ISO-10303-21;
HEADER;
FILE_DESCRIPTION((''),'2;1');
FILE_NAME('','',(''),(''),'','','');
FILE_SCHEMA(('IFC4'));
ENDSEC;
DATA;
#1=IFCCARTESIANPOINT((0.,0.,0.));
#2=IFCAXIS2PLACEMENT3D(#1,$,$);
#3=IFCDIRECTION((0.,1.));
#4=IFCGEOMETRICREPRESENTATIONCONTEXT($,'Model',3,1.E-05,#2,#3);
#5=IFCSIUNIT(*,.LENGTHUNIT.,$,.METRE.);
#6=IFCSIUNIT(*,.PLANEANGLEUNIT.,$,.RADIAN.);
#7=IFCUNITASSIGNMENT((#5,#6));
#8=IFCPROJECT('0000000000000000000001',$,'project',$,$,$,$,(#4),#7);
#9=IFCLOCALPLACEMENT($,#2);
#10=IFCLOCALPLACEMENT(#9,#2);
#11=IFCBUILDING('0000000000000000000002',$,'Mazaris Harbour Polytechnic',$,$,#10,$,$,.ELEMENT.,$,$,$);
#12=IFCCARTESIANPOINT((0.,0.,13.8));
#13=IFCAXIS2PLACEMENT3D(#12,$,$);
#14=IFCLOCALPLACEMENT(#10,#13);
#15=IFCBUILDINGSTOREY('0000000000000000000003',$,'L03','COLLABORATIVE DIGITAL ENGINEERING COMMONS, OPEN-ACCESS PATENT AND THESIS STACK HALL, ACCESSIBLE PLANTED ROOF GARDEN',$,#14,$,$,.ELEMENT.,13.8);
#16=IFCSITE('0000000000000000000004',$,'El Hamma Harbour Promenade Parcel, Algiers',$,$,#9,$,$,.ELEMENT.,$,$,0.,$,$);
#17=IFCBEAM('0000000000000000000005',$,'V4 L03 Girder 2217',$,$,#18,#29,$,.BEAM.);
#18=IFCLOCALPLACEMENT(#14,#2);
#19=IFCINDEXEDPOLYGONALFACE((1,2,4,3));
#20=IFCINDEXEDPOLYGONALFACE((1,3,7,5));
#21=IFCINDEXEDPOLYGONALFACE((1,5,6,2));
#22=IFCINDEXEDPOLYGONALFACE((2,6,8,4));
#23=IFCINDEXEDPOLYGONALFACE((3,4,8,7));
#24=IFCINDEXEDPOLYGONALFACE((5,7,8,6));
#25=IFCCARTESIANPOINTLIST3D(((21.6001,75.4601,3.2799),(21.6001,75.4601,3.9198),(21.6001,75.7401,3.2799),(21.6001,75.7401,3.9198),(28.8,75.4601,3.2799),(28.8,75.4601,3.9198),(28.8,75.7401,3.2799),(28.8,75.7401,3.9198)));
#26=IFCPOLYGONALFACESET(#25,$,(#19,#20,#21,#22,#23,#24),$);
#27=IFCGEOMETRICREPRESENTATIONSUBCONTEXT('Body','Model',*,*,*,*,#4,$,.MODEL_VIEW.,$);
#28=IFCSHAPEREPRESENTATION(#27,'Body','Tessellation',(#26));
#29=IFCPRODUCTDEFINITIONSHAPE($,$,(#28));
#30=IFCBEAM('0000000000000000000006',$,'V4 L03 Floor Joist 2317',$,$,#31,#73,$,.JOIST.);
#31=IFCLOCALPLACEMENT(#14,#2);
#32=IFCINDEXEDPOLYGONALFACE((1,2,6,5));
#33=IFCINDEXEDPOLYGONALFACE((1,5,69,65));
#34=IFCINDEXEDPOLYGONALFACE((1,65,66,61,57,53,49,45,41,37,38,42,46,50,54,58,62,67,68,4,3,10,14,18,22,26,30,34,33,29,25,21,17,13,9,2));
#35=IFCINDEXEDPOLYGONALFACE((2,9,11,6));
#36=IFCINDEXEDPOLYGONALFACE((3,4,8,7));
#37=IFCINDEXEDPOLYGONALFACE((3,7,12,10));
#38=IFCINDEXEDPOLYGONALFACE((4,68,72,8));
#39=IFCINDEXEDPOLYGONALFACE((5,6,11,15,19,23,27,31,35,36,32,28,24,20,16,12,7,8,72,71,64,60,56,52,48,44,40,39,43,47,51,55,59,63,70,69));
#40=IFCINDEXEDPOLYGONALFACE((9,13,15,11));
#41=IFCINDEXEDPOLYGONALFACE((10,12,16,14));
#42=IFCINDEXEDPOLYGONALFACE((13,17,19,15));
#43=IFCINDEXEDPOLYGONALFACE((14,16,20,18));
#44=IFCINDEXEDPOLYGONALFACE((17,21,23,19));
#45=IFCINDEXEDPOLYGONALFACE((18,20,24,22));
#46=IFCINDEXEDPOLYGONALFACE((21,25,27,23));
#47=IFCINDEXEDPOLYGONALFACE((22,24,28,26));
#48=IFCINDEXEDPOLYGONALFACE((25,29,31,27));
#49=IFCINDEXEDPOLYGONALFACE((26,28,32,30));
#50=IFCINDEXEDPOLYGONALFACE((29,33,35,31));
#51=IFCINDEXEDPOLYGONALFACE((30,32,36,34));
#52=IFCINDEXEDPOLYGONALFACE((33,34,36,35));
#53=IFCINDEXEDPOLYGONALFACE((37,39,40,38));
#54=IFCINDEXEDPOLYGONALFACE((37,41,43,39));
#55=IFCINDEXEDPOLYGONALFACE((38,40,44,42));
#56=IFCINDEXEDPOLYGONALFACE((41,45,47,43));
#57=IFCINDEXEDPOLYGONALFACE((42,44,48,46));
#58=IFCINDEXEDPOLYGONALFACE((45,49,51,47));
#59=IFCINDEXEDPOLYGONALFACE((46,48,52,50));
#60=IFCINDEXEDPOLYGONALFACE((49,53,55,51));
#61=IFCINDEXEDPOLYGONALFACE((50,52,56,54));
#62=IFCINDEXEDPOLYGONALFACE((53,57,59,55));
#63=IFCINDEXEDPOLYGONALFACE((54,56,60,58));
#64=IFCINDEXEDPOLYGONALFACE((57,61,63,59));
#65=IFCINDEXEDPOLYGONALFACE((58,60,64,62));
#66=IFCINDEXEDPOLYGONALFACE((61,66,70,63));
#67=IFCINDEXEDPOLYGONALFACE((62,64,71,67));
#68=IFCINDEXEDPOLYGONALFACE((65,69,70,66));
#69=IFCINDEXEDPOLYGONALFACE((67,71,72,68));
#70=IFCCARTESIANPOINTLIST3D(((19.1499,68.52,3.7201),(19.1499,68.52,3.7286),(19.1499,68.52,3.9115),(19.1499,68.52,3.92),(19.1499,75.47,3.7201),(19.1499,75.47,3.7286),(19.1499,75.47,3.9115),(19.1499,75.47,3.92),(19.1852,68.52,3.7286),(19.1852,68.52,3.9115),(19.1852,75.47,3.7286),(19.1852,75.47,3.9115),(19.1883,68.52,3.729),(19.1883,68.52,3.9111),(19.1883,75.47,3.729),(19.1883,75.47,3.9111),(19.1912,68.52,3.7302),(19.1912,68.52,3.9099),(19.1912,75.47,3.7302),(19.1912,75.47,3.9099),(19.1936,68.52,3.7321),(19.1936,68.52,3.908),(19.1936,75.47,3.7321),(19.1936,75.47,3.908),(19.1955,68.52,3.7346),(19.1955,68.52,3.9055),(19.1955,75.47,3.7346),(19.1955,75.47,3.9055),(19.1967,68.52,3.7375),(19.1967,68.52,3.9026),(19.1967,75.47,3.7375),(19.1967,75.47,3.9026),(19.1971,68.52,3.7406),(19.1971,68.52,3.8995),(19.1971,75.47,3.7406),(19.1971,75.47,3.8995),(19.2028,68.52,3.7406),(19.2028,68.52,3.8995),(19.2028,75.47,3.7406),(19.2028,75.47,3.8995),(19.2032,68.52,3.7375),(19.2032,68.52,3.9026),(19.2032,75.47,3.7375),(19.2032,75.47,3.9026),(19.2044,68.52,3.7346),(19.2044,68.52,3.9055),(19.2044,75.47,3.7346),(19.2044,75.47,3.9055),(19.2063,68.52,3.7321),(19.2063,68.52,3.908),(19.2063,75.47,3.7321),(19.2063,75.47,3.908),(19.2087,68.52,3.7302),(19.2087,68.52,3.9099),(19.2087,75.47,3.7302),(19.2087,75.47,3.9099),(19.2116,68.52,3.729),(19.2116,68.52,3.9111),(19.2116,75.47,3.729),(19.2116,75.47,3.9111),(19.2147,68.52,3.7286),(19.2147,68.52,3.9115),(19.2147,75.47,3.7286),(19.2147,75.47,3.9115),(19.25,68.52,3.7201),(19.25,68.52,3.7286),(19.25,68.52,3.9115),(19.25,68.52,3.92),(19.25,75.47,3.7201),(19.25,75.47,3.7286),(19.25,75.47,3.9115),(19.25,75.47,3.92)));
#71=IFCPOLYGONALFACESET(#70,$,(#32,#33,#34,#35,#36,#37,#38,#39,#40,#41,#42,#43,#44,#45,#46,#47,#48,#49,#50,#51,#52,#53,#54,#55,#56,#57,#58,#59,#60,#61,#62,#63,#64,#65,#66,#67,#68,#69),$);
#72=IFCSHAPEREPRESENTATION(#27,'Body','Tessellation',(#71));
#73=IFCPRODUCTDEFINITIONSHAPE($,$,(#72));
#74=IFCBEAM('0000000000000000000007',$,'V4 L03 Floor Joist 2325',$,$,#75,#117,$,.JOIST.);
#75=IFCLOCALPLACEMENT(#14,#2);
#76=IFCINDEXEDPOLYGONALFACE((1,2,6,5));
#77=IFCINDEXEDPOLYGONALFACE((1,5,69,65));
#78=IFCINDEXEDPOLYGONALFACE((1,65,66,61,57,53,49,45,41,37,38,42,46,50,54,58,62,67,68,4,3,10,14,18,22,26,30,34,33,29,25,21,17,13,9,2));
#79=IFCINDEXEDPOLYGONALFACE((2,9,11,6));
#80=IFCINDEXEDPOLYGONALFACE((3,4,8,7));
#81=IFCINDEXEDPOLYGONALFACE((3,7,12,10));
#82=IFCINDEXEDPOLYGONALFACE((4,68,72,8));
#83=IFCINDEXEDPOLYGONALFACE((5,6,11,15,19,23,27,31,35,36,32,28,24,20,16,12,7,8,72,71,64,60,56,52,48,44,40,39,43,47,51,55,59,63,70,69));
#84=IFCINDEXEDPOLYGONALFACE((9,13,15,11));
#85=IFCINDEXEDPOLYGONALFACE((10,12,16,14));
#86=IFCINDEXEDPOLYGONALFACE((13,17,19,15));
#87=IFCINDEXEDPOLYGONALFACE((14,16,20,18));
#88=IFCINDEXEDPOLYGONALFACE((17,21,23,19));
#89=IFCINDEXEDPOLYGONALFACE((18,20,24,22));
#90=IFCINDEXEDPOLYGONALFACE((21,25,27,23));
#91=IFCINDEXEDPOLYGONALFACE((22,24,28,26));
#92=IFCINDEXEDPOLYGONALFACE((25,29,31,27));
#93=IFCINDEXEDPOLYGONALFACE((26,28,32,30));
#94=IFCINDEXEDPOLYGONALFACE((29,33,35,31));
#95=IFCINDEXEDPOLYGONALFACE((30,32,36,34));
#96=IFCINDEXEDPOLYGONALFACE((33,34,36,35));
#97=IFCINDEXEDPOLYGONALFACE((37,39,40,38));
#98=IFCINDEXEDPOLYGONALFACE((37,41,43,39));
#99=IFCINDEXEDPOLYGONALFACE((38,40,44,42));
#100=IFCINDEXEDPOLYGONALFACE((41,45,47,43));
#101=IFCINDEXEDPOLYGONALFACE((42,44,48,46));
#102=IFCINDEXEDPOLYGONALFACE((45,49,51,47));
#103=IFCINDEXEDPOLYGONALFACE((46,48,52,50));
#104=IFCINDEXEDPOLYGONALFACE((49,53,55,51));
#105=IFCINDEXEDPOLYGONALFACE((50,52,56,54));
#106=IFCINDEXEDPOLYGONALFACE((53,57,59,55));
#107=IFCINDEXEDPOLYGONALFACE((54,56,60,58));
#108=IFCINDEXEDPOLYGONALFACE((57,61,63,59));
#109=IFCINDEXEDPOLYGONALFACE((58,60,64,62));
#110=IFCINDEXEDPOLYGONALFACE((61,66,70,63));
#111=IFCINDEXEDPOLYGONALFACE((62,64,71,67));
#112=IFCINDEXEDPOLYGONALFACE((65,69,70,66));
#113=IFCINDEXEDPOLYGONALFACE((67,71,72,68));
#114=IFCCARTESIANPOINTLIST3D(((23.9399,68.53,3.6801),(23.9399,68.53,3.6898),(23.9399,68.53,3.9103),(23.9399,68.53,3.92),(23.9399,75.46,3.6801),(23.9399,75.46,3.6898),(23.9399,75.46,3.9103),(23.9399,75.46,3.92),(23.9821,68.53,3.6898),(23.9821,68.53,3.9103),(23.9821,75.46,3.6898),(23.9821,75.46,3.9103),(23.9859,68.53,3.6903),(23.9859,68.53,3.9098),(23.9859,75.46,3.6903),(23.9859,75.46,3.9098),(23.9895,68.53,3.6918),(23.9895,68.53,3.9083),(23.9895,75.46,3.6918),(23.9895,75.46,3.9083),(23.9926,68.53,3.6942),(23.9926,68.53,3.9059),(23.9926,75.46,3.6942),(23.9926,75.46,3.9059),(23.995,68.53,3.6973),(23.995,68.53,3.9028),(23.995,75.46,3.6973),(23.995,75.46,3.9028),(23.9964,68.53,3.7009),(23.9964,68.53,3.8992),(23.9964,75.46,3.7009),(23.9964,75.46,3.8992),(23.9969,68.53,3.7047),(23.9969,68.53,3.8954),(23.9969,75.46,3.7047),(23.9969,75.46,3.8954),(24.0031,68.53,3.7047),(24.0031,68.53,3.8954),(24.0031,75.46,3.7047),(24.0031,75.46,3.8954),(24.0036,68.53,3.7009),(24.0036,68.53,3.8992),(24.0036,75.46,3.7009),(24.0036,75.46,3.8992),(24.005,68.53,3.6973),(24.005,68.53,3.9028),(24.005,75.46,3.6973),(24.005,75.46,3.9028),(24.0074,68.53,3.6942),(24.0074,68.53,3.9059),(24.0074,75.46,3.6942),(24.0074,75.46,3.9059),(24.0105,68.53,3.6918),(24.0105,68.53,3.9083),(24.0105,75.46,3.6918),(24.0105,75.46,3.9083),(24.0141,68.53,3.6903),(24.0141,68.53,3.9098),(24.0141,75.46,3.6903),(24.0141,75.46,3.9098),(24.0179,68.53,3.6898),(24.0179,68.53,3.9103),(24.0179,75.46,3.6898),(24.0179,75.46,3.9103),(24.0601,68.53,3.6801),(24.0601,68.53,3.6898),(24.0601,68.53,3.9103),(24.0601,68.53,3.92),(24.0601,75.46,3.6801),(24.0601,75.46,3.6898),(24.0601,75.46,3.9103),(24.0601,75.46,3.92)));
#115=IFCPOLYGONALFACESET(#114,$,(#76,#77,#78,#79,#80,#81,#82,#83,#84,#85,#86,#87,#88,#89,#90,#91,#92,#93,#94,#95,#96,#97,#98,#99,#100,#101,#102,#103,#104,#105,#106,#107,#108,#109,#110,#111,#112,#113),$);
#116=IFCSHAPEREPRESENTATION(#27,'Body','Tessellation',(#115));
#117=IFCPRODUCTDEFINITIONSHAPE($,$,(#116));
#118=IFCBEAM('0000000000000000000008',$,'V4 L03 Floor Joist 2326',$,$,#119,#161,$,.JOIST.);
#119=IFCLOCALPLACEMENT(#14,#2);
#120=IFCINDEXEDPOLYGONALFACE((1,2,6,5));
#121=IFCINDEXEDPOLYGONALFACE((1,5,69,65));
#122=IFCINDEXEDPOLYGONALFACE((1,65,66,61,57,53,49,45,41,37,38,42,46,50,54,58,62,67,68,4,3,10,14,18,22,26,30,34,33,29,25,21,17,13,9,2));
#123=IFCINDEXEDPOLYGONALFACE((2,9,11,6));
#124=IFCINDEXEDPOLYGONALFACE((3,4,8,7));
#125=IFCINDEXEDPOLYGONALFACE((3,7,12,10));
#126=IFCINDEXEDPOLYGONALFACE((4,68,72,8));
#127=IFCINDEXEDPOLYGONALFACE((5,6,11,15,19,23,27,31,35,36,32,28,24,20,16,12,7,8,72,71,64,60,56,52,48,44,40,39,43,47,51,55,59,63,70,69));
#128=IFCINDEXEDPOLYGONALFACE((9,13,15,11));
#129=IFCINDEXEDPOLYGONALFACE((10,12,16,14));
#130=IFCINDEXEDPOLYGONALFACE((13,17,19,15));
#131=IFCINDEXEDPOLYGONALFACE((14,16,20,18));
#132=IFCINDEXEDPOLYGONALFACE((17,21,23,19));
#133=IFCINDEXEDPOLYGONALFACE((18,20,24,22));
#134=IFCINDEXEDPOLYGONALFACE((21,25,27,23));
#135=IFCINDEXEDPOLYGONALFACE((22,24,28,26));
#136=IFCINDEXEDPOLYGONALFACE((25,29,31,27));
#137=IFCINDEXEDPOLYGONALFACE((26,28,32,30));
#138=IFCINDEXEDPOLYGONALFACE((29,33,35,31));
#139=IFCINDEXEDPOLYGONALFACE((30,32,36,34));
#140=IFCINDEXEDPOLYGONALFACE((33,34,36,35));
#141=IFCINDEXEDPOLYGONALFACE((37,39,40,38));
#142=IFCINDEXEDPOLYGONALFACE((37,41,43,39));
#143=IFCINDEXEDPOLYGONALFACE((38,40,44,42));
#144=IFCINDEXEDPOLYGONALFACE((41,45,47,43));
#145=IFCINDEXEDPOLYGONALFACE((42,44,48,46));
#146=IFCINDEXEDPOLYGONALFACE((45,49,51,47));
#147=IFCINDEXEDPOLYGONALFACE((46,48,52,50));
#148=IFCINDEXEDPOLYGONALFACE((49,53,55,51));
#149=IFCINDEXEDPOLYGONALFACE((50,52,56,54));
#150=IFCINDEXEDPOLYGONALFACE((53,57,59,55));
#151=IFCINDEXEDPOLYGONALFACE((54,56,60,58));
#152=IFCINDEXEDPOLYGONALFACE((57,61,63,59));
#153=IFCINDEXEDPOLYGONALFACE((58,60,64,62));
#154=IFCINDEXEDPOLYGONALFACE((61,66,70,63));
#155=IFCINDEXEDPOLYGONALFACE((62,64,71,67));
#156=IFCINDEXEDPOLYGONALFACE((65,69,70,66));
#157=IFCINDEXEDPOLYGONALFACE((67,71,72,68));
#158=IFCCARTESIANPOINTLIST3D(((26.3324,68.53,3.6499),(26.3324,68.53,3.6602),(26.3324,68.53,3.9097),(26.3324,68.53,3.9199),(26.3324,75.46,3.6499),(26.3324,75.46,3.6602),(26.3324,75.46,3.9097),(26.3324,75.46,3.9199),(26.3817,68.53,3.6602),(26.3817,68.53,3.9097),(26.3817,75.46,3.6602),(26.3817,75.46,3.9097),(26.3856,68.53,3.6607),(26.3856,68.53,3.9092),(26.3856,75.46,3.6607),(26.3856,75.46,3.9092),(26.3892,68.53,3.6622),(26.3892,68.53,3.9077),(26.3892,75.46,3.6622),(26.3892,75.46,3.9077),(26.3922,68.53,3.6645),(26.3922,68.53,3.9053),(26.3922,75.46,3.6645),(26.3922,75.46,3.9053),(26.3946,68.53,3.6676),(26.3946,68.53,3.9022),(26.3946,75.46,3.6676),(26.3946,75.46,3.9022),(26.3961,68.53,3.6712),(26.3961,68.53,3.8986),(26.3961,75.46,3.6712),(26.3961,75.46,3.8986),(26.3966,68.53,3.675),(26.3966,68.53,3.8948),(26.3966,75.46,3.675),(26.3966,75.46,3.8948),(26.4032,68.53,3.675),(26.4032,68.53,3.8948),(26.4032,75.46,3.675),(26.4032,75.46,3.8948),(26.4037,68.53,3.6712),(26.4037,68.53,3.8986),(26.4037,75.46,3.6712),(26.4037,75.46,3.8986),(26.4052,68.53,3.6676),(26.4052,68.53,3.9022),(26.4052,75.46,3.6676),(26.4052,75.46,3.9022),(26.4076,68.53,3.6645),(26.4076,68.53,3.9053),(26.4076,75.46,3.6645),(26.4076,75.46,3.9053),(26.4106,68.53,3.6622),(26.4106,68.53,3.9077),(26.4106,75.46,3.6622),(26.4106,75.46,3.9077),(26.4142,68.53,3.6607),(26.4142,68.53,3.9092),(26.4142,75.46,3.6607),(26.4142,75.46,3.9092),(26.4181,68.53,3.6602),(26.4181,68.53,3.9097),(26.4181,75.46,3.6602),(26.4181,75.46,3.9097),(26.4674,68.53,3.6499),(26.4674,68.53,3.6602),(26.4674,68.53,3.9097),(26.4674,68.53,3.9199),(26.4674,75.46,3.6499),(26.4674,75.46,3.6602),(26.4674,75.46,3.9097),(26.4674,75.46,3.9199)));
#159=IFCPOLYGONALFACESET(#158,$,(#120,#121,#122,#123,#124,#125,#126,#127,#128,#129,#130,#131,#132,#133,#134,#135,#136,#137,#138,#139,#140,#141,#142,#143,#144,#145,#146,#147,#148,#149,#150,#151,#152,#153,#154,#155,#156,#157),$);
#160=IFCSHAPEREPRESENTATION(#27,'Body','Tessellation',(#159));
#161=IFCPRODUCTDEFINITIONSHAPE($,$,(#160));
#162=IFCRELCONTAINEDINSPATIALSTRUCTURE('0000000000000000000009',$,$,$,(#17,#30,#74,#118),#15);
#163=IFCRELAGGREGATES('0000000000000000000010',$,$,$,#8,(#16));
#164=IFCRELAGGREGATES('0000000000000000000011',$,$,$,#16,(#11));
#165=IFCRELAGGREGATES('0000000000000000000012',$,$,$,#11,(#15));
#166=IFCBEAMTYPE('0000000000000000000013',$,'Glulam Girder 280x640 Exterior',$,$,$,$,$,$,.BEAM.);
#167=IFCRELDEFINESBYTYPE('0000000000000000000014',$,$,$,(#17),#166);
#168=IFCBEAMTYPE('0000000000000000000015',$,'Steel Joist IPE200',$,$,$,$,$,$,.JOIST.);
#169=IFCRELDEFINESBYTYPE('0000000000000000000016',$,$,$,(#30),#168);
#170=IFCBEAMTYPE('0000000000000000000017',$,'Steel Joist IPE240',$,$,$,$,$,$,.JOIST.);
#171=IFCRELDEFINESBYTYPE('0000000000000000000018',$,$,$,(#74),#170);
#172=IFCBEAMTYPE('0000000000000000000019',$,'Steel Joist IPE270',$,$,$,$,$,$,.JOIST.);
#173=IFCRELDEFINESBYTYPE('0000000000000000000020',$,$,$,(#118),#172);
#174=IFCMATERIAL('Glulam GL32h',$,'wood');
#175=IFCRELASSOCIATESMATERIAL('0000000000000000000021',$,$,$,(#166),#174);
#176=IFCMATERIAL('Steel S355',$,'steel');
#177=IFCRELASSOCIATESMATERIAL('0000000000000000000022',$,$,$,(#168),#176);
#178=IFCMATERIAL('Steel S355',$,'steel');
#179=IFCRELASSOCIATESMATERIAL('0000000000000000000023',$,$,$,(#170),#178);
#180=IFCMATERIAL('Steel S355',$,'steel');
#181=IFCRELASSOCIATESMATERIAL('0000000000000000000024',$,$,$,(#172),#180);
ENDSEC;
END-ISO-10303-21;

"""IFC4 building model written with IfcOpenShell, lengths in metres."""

from ifc_helpers import new_model, si_unit, direction, frame, origin, origin_2d, place, context, subcontext, project, spatial, rectangle, i_section, extrude, material, material_profile, profile_set, type_object, element, save


model = new_model("IFC4")

# Units and contexts
model_context = context("Model", 3, precision=1e-05, world=origin(), true_north=direction((0.0, 1.0)))
body_context = subcontext(model_context, "Body", "Model", "MODEL_VIEW")
ifc_project = project(units=[si_unit("LENGTHUNIT", "METRE"), si_unit("PLANEANGLEUNIT", "RADIAN")], contexts=[model_context])

# Site, building, storey
site_placement = place(None, origin())
site = spatial("IfcSite", under=ifc_project, at=site_placement, Name="El Hamma Harbour Promenade Parcel, Algiers", CompositionType="ELEMENT", RefElevation=0.0)
building_placement = place(site_placement, origin())
building = spatial("IfcBuilding", under=site, at=building_placement, Name="Mazaris Harbour Polytechnic", CompositionType="ELEMENT")
storey_placement = place(building_placement, frame((0.0, 0.0, 13.8)))
storey = spatial("IfcBuildingStorey", under=building, at=storey_placement, Name="L03", Description="COLLABORATIVE DIGITAL ENGINEERING COMMONS, OPEN-ACCESS PATENT AND THESIS STACK HALL, ACCESSIBLE PLANTED ROOF GARDEN", CompositionType="ELEMENT", Elevation=13.8)

# Beams
ifc_material_1 = material(Name="Glulam GL32h", Category="wood")
ifc_material_profile_1 = material_profile(ifc_material_1, rectangle(XDim=0.28, YDim=0.6399, at=origin_2d()), Name="RECT280x640")
ifc_profile_set_1 = profile_set([ifc_material_profile_1], Name="Glulam GL32h")
beam_type_1 = type_object("IfcBeamType", Name="Glulam Girder 280x640 Exterior", PredefinedType="BEAM", material=ifc_profile_set_1)
beam_1_placement = place(storey_placement, frame((21.6001, 75.6001, 3.5999), z_axis=(1.0, 0.0, 0.0), x_axis=(0.0, 1.0, 0.0)))
element("IfcBeam", 1, at=beam_1_placement, inside=storey, type_object=beam_type_1, Name="V4 L03 Girder 2217", PredefinedType="BEAM", context=body_context, shape_type="SweptSolid", body=[
    extrude(rectangle(XDim=0.28, YDim=0.6399, at=origin_2d()), origin(), (0.0, 0.0, 1.0), 7.2),
])
ifc_material_2 = material(Name="Steel S355", Category="steel")
ifc_material_profile_2 = material_profile(ifc_material_2, i_section(OverallWidth=0.1001, OverallDepth=0.2, WebThickness=0.0056, FlangeThickness=0.0085, FilletRadius=0.012, at=origin_2d()), Name="IPE 200")
ifc_profile_set_2 = profile_set([ifc_material_profile_2], Name="Steel S355")
beam_type_2 = type_object("IfcBeamType", Name="Steel Joist IPE200", PredefinedType="JOIST", material=ifc_profile_set_2)
beam_2_placement = place(storey_placement, frame((19.2, 68.52, 3.8201), z_axis=(0.0, 1.0, 0.0), x_axis=(-1.0, 0.0, 0.0)))
element("IfcBeam", 2, at=beam_2_placement, inside=storey, type_object=beam_type_2, Name="V4 L03 Floor Joist 2317", PredefinedType="JOIST", context=body_context, shape_type="SweptSolid", body=[
    extrude(i_section(OverallWidth=0.1001, OverallDepth=0.2, WebThickness=0.0056, FlangeThickness=0.0085, FilletRadius=0.012, at=origin_2d()), origin(), (0.0, 0.0, 1.0), 6.95),
])
ifc_material_3 = material(Name="Steel S355", Category="steel")
ifc_material_profile_3 = material_profile(ifc_material_3, i_section(OverallWidth=0.1201, OverallDepth=0.24, WebThickness=0.0061, FlangeThickness=0.0098, FilletRadius=0.0149, at=origin_2d()), Name="IPE 240")
ifc_profile_set_3 = profile_set([ifc_material_profile_3], Name="Steel S355")
beam_type_3 = type_object("IfcBeamType", Name="Steel Joist IPE240", PredefinedType="JOIST", material=ifc_profile_set_3)
beam_3_placement = place(storey_placement, frame((24.0, 68.53, 3.8), z_axis=(0.0, 1.0, 0.0), x_axis=(-1.0, 0.0, 0.0)))
element("IfcBeam", 3, at=beam_3_placement, inside=storey, type_object=beam_type_3, Name="V4 L03 Floor Joist 2325", PredefinedType="JOIST", context=body_context, shape_type="SweptSolid", body=[
    extrude(i_section(OverallWidth=0.1201, OverallDepth=0.24, WebThickness=0.0061, FlangeThickness=0.0098, FilletRadius=0.0149, at=origin_2d()), origin(), (0.0, 0.0, 1.0), 6.9299),
])
ifc_material_4 = material(Name="Steel S355", Category="steel")
ifc_material_profile_4 = material_profile(ifc_material_4, i_section(OverallWidth=0.135, OverallDepth=0.27, WebThickness=0.0066, FlangeThickness=0.0103, FilletRadius=0.0149, at=origin_2d()), Name="IPE 270")
ifc_profile_set_4 = profile_set([ifc_material_profile_4], Name="Steel S355")
beam_type_4 = type_object("IfcBeamType", Name="Steel Joist IPE270", PredefinedType="JOIST", material=ifc_profile_set_4)
beam_4_placement = place(storey_placement, frame((26.3999, 68.53, 3.7849), z_axis=(0.0, 1.0, 0.0), x_axis=(-1.0, 0.0, 0.0)))
element("IfcBeam", 4, at=beam_4_placement, inside=storey, type_object=beam_type_4, Name="V4 L03 Floor Joist 2326", PredefinedType="JOIST", context=body_context, shape_type="SweptSolid", body=[
    extrude(i_section(OverallWidth=0.135, OverallDepth=0.27, WebThickness=0.0066, FlangeThickness=0.0103, FilletRadius=0.0149, at=origin_2d()), origin(), (0.0, 0.0, 1.0), 6.9299),
])

save(model, "model.ifc")
